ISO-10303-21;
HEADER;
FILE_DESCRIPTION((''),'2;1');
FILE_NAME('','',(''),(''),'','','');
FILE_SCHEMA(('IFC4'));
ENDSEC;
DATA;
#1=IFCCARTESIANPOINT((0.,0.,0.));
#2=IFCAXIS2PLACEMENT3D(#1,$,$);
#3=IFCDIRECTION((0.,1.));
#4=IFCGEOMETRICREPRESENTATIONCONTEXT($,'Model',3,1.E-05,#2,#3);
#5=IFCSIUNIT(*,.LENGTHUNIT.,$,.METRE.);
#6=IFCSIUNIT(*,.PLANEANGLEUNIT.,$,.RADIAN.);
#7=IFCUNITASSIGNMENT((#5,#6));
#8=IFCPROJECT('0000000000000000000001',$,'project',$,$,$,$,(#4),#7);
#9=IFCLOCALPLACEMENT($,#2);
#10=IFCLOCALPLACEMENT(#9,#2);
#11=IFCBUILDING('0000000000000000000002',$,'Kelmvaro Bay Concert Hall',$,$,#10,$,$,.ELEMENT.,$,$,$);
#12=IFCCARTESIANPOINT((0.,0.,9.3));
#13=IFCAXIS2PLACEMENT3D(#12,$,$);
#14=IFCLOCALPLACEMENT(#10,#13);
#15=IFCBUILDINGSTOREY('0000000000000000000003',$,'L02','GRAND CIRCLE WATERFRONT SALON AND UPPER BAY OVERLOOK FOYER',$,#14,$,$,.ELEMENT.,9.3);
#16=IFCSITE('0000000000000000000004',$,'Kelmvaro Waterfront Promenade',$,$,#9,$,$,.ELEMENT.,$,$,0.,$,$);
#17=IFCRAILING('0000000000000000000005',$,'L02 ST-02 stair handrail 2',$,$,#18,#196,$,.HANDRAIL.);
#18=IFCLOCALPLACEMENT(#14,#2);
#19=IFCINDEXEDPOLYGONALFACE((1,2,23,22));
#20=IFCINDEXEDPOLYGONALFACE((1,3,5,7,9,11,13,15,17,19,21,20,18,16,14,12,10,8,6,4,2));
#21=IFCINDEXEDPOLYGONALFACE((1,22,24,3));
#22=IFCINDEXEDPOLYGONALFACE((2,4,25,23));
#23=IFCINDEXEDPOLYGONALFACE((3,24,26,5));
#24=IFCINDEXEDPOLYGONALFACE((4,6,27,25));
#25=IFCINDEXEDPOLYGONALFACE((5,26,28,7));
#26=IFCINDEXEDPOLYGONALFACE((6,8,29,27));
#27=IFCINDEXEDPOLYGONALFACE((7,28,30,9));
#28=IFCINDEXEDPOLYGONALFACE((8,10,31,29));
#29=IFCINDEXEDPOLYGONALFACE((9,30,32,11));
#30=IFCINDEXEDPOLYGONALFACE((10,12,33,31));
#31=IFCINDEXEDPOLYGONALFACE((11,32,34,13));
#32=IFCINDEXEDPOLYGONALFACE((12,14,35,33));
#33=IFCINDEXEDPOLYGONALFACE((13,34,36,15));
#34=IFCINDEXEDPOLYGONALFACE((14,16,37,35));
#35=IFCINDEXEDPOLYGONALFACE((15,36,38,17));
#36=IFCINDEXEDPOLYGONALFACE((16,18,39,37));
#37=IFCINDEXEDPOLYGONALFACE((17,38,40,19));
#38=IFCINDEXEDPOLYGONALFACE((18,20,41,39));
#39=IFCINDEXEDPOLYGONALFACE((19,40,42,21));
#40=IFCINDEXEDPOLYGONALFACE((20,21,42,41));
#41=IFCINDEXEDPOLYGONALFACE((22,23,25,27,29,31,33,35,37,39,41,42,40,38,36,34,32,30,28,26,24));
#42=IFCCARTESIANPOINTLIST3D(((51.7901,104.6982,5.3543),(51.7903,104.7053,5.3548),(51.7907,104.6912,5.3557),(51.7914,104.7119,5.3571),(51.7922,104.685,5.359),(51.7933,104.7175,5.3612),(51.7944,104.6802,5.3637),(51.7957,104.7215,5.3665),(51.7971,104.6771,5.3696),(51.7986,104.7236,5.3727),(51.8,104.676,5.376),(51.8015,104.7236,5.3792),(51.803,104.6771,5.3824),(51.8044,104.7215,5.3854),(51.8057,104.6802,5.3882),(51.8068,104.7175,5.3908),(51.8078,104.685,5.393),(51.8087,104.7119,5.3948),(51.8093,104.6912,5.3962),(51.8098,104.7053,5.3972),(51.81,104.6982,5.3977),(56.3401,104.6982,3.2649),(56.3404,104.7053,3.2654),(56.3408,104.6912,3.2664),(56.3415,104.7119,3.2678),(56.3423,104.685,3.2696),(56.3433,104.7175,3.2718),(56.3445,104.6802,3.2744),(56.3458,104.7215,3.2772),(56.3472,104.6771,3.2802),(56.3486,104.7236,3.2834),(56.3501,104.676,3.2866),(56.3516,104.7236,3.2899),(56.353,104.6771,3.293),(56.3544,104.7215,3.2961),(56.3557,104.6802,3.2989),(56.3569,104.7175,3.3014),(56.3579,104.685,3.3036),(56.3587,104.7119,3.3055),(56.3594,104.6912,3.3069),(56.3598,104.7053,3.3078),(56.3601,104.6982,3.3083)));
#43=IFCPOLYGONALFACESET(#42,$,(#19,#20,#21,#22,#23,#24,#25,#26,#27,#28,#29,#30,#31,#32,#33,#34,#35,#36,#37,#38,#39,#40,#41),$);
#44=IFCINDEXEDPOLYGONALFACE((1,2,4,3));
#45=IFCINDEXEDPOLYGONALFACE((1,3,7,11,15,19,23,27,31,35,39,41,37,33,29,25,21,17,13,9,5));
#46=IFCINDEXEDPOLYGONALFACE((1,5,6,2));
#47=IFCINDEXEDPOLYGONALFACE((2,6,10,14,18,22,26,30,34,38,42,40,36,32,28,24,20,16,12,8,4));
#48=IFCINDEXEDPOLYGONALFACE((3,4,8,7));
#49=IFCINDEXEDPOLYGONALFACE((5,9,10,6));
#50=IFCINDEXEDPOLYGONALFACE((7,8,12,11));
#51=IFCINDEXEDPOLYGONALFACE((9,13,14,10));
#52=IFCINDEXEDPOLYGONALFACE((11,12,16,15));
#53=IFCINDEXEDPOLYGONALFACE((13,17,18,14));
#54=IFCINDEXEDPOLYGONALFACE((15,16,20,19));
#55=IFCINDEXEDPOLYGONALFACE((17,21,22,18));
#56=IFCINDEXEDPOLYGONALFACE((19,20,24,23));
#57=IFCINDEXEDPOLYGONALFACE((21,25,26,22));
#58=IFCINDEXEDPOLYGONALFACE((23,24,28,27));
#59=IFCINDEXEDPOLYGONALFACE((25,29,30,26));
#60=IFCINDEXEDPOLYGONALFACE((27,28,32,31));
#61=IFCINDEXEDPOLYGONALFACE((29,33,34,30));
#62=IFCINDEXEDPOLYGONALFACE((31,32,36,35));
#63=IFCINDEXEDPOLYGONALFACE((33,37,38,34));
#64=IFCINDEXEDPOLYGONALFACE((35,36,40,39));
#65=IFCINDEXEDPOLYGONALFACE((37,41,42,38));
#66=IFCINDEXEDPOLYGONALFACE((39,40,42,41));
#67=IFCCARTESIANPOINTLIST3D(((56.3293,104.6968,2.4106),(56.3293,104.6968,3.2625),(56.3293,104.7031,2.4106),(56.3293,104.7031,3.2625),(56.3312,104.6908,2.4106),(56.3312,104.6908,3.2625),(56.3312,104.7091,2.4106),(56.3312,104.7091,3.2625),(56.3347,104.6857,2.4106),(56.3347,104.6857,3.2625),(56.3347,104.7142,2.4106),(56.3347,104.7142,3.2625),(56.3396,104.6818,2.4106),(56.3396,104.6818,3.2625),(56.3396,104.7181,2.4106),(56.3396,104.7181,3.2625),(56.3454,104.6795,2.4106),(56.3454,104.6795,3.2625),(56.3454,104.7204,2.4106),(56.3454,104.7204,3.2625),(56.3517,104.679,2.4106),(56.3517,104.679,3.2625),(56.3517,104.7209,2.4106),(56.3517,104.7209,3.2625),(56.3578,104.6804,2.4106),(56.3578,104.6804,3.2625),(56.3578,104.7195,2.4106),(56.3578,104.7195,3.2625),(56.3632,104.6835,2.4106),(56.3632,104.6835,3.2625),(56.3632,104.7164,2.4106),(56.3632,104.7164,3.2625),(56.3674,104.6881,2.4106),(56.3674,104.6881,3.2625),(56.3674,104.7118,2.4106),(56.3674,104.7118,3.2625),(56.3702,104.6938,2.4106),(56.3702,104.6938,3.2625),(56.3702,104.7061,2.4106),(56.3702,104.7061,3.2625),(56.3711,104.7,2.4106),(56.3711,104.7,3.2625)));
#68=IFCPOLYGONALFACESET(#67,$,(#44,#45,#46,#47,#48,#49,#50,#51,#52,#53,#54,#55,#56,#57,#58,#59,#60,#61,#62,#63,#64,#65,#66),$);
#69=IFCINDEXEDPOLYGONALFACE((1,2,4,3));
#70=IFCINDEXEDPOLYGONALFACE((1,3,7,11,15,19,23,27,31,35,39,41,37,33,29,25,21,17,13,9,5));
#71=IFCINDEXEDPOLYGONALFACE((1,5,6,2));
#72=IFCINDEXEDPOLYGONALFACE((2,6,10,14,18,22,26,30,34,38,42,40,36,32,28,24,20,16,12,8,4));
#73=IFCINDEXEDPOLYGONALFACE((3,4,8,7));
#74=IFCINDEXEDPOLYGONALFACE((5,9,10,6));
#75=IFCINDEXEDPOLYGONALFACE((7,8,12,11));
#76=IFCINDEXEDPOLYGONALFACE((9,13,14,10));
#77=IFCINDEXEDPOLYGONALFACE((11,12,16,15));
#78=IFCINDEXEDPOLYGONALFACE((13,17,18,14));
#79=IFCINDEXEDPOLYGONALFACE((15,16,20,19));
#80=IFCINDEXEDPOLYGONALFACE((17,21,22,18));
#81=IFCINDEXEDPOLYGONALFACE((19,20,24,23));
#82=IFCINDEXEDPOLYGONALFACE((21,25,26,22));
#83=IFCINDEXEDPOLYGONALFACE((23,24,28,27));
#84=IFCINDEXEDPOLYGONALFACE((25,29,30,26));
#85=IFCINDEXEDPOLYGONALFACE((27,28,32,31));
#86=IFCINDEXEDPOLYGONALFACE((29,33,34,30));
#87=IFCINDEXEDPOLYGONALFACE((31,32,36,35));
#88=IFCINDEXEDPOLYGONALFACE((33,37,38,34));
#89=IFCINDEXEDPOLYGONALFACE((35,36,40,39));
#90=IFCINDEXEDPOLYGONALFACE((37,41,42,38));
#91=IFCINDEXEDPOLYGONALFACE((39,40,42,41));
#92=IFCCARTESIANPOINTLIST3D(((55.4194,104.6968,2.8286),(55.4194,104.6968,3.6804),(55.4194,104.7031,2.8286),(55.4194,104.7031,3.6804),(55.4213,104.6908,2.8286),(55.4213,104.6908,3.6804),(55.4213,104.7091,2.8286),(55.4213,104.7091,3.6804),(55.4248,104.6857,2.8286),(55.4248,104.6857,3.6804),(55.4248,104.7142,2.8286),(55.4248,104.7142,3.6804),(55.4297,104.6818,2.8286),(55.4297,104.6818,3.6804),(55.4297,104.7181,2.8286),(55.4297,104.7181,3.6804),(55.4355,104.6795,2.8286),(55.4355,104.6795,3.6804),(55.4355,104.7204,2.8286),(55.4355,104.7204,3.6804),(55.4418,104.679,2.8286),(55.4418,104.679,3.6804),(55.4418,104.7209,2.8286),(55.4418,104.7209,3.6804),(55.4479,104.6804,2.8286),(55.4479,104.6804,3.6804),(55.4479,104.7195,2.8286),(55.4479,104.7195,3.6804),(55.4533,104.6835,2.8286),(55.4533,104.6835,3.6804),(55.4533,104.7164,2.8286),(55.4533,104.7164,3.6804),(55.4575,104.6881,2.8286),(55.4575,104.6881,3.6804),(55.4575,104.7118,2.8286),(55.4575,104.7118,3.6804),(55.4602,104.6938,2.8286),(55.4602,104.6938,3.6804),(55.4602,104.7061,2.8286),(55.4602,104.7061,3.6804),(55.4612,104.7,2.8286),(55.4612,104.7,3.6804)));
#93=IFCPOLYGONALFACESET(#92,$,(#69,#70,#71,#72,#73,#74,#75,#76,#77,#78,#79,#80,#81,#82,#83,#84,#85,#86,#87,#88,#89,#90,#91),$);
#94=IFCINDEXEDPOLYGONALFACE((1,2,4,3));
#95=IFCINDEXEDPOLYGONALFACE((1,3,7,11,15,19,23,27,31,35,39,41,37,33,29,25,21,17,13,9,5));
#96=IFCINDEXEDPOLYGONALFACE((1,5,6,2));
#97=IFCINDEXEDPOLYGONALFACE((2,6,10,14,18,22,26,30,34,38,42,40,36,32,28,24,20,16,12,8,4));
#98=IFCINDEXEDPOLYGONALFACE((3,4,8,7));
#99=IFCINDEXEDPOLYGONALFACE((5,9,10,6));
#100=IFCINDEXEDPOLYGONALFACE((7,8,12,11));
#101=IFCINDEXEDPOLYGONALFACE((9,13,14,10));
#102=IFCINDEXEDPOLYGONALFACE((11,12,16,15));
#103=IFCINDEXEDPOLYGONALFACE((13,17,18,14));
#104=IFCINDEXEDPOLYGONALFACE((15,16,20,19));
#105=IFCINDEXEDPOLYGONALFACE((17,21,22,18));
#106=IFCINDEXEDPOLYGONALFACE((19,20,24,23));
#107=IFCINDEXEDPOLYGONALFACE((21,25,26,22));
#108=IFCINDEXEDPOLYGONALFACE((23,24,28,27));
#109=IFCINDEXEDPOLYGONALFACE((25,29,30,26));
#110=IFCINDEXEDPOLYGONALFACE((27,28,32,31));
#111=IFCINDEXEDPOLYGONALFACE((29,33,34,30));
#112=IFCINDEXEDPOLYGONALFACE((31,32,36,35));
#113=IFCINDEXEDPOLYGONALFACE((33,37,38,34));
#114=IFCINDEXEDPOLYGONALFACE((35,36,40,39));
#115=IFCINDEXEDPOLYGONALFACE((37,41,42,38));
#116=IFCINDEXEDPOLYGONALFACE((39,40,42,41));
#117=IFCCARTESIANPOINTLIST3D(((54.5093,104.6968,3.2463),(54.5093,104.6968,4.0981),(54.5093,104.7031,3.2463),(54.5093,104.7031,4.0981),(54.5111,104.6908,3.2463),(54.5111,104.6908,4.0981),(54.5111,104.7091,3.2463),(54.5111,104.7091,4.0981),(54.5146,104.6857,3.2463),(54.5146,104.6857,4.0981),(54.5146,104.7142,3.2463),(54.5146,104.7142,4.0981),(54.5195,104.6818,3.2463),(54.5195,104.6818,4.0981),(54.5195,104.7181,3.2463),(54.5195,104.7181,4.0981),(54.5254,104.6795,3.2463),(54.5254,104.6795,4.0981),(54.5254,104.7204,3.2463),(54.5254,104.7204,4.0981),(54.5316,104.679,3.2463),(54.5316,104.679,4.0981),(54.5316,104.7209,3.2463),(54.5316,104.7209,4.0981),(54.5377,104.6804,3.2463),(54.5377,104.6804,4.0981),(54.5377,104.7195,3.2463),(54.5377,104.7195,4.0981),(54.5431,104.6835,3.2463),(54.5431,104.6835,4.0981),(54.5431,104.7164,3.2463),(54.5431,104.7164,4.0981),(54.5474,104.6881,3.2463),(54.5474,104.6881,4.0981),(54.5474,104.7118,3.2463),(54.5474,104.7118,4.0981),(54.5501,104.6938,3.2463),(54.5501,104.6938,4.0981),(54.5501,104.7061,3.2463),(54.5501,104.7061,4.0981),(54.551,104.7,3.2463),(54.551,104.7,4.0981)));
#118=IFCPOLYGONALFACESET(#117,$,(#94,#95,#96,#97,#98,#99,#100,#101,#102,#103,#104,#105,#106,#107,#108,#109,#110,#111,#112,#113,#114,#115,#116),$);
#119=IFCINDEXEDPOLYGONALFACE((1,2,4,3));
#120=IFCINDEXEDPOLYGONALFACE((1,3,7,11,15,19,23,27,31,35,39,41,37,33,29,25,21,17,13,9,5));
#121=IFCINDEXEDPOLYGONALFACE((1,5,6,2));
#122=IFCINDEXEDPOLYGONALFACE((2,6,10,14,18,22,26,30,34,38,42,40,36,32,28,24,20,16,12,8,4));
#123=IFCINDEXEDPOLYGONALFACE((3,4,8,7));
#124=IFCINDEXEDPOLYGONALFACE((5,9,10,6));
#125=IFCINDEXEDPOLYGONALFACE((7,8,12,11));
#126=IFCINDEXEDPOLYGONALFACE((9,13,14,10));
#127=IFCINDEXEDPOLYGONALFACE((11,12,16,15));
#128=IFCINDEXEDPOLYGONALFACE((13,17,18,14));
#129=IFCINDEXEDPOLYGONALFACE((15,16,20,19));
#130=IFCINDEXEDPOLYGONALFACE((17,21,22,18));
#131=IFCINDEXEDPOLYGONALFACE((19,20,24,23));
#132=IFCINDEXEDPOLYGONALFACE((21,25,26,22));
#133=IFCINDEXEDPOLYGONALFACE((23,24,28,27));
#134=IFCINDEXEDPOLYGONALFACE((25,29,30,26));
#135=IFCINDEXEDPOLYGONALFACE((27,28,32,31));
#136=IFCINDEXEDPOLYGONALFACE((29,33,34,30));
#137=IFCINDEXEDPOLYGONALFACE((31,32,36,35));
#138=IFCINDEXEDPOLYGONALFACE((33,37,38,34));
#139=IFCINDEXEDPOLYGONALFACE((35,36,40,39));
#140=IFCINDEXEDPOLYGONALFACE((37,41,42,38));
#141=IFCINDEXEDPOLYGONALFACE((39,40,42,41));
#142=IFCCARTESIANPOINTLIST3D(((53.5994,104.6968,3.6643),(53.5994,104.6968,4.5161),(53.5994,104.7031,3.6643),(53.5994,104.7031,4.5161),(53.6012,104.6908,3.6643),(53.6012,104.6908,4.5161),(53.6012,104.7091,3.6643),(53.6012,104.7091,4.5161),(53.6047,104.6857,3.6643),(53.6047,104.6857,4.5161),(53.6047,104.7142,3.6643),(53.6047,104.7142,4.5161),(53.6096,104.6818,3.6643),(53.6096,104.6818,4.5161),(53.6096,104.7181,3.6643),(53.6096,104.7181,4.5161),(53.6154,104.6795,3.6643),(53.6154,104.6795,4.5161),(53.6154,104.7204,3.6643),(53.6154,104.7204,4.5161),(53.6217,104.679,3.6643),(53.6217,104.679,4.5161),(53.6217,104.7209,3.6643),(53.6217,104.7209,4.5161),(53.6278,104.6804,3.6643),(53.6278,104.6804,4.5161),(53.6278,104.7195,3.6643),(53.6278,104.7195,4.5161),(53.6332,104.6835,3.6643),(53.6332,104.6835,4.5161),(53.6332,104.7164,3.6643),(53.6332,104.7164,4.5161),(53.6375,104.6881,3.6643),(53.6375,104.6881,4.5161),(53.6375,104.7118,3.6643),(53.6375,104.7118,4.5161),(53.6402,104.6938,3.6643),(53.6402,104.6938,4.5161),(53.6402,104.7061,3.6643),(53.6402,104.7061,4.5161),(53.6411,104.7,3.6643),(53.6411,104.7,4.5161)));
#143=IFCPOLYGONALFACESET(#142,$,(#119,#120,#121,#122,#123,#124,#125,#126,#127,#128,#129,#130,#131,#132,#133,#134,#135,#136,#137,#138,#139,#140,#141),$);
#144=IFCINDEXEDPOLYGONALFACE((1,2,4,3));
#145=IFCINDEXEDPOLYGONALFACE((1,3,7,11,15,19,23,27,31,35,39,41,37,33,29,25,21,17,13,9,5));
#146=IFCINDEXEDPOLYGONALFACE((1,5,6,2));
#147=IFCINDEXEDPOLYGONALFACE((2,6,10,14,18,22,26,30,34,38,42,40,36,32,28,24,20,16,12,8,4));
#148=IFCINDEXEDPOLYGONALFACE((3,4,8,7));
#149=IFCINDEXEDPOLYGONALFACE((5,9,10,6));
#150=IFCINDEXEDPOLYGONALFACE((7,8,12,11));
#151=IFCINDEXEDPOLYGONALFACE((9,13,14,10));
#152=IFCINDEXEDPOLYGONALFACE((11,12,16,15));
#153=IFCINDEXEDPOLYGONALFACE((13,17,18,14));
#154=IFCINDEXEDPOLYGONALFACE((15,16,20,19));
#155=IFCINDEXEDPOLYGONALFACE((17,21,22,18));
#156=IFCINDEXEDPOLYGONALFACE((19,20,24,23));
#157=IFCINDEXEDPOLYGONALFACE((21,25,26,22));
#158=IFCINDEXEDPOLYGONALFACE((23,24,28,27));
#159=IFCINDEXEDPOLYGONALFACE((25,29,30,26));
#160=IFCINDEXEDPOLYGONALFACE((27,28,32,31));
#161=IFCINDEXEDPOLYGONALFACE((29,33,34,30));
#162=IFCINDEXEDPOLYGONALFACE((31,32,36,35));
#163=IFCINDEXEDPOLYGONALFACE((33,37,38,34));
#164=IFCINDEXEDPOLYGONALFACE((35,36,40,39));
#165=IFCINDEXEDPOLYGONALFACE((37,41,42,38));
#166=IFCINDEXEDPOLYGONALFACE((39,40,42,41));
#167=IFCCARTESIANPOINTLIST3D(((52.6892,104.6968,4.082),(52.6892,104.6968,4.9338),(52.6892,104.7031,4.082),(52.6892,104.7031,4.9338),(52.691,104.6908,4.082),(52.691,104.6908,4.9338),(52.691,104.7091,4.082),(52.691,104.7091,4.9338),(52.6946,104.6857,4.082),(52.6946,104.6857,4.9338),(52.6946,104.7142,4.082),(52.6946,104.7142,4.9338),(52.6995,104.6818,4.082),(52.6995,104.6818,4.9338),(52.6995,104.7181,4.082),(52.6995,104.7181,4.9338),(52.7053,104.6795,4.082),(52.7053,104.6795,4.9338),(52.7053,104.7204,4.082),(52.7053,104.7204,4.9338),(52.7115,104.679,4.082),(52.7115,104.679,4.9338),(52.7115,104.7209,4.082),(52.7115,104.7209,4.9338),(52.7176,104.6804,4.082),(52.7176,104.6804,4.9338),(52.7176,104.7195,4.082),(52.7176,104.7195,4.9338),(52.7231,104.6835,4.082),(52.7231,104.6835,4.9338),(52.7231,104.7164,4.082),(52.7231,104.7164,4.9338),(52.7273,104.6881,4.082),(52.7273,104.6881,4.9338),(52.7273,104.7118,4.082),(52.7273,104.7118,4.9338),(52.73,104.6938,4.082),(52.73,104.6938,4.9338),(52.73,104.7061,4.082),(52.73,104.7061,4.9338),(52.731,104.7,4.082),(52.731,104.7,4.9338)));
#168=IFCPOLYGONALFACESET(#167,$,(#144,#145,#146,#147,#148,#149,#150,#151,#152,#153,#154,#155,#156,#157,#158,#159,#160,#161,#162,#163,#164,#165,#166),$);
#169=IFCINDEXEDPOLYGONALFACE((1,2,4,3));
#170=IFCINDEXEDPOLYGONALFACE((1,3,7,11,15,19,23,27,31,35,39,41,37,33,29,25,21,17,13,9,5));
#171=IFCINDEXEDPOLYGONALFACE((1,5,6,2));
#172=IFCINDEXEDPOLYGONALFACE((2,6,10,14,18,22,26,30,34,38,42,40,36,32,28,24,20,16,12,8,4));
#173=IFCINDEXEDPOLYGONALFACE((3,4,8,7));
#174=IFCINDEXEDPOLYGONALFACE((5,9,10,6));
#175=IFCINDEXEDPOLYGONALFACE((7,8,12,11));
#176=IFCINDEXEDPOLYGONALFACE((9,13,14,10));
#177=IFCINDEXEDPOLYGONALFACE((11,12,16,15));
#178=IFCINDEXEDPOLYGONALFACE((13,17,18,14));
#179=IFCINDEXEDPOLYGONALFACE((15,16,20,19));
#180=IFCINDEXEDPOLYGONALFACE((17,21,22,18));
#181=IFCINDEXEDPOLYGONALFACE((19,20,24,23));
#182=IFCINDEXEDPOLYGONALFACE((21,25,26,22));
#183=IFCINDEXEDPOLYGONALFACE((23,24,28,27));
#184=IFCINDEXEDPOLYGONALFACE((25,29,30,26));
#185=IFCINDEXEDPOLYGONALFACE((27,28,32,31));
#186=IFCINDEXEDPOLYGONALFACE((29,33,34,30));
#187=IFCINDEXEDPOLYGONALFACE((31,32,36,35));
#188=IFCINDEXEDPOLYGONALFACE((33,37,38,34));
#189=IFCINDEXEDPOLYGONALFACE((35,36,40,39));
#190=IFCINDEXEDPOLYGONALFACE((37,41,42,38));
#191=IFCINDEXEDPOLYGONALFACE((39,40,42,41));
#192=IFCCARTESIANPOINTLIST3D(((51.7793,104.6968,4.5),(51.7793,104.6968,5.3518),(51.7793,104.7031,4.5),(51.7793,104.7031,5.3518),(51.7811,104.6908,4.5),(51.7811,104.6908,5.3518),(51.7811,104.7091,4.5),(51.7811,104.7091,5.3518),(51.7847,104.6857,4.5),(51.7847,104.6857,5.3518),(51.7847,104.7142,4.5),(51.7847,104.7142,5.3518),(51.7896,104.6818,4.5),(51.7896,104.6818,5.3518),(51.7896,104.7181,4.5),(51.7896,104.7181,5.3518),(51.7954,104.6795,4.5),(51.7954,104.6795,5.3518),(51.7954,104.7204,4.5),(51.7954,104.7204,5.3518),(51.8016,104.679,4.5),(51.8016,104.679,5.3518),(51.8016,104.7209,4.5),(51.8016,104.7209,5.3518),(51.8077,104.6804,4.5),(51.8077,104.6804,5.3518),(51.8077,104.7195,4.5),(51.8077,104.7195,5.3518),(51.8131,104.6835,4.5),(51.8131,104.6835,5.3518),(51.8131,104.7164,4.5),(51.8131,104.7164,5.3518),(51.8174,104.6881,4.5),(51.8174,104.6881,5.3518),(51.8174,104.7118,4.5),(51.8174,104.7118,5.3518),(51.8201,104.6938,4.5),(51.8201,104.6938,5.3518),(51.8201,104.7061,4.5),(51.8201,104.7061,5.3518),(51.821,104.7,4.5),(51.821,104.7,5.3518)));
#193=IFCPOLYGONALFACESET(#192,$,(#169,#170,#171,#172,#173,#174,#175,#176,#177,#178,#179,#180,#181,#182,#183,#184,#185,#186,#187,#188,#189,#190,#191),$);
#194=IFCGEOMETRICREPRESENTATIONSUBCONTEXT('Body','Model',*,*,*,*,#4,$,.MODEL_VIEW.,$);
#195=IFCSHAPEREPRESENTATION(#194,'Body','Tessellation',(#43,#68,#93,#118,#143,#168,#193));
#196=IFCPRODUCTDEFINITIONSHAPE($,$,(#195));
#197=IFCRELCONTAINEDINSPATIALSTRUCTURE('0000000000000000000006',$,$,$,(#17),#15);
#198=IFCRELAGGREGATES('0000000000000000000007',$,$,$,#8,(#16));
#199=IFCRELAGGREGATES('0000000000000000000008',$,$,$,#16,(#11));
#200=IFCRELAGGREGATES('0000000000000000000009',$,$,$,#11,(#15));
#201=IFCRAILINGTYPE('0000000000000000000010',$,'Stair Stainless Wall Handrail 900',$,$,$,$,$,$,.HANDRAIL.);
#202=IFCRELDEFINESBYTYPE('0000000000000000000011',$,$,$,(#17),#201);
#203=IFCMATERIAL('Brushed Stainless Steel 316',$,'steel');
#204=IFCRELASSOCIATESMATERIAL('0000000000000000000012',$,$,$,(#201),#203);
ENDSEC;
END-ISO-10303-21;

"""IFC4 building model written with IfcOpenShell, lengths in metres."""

from ifc_helpers import new_model, si_unit, direction, frame, origin, origin_2d, place, context, subcontext, project, spatial, circle, extrude, material, type_object, element, save


model = new_model("IFC4")

# Units and contexts
model_context = context("Model", 3, precision=1e-05, world=origin(), true_north=direction((0.0, 1.0)))
body_context = subcontext(model_context, "Body", "Model", "MODEL_VIEW")
ifc_project = project(units=[si_unit("LENGTHUNIT", "METRE"), si_unit("PLANEANGLEUNIT", "RADIAN")], contexts=[model_context])

# Site, building, storey
site_placement = place(None, origin())
site = spatial("IfcSite", under=ifc_project, at=site_placement, Name="Kelmvaro Waterfront Promenade", CompositionType="ELEMENT", RefElevation=0.0)
building_placement = place(site_placement, origin())
building = spatial("IfcBuilding", under=site, at=building_placement, Name="Kelmvaro Bay Concert Hall", CompositionType="ELEMENT")
storey_placement = place(building_placement, frame((0.0, 0.0, 9.3)))
storey = spatial("IfcBuildingStorey", under=building, at=storey_placement, Name="L02", Description="GRAND CIRCLE WATERFRONT SALON AND UPPER BAY OVERLOOK FOYER", CompositionType="ELEMENT", Elevation=9.3)

# Railing
ifc_material_1 = material(Name="Brushed Stainless Steel 316", Category="steel")
railing_type_1 = type_object("IfcRailingType", Name="Stair Stainless Wall Handrail 900", PredefinedType="HANDRAIL", material=ifc_material_1)
railing_1_placement = place(storey_placement, frame((56.3501, 104.7, 2.4106)))
element("IfcRailing", 1, at=railing_1_placement, inside=storey, type_object=railing_type_1, Name="L02 ST-02 stair handrail 2", PredefinedType="HANDRAIL", context=body_context, shape_type="SweptSolid", body=[
    extrude(circle(Radius=0.0239, at=origin_2d()), frame((0.0, 0.0, 0.876), z_axis=(-0.908768, 0.0, 0.417301), x_axis=(0.0, -1.0, 0.0)), (0.0, 0.0, 1.0), 5.0068),
    extrude(circle(Radius=0.021, at=origin_2d()), origin(), (0.0, 0.0, 1.0), 0.8518),
    extrude(circle(Radius=0.021, at=origin_2d()), frame((-0.9099, 0.0, 0.418)), (0.0, 0.0, 1.0), 0.8518),
    extrude(circle(Radius=0.021, at=origin_2d()), frame((-1.8201, 0.0, 0.8357)), (0.0, 0.0, 1.0), 0.8518),
    extrude(circle(Radius=0.021, at=origin_2d()), frame((-2.73, 0.0, 1.2537)), (0.0, 0.0, 1.0), 0.8518),
    extrude(circle(Radius=0.021, at=origin_2d()), frame((-3.6401, 0.0, 1.6714)), (0.0, 0.0, 1.0), 0.8518),
    extrude(circle(Radius=0.021, at=origin_2d()), frame((-4.55, 0.0, 2.0894)), (0.0, 0.0, 1.0), 0.8518),
])

save(model, "model.ifc")
